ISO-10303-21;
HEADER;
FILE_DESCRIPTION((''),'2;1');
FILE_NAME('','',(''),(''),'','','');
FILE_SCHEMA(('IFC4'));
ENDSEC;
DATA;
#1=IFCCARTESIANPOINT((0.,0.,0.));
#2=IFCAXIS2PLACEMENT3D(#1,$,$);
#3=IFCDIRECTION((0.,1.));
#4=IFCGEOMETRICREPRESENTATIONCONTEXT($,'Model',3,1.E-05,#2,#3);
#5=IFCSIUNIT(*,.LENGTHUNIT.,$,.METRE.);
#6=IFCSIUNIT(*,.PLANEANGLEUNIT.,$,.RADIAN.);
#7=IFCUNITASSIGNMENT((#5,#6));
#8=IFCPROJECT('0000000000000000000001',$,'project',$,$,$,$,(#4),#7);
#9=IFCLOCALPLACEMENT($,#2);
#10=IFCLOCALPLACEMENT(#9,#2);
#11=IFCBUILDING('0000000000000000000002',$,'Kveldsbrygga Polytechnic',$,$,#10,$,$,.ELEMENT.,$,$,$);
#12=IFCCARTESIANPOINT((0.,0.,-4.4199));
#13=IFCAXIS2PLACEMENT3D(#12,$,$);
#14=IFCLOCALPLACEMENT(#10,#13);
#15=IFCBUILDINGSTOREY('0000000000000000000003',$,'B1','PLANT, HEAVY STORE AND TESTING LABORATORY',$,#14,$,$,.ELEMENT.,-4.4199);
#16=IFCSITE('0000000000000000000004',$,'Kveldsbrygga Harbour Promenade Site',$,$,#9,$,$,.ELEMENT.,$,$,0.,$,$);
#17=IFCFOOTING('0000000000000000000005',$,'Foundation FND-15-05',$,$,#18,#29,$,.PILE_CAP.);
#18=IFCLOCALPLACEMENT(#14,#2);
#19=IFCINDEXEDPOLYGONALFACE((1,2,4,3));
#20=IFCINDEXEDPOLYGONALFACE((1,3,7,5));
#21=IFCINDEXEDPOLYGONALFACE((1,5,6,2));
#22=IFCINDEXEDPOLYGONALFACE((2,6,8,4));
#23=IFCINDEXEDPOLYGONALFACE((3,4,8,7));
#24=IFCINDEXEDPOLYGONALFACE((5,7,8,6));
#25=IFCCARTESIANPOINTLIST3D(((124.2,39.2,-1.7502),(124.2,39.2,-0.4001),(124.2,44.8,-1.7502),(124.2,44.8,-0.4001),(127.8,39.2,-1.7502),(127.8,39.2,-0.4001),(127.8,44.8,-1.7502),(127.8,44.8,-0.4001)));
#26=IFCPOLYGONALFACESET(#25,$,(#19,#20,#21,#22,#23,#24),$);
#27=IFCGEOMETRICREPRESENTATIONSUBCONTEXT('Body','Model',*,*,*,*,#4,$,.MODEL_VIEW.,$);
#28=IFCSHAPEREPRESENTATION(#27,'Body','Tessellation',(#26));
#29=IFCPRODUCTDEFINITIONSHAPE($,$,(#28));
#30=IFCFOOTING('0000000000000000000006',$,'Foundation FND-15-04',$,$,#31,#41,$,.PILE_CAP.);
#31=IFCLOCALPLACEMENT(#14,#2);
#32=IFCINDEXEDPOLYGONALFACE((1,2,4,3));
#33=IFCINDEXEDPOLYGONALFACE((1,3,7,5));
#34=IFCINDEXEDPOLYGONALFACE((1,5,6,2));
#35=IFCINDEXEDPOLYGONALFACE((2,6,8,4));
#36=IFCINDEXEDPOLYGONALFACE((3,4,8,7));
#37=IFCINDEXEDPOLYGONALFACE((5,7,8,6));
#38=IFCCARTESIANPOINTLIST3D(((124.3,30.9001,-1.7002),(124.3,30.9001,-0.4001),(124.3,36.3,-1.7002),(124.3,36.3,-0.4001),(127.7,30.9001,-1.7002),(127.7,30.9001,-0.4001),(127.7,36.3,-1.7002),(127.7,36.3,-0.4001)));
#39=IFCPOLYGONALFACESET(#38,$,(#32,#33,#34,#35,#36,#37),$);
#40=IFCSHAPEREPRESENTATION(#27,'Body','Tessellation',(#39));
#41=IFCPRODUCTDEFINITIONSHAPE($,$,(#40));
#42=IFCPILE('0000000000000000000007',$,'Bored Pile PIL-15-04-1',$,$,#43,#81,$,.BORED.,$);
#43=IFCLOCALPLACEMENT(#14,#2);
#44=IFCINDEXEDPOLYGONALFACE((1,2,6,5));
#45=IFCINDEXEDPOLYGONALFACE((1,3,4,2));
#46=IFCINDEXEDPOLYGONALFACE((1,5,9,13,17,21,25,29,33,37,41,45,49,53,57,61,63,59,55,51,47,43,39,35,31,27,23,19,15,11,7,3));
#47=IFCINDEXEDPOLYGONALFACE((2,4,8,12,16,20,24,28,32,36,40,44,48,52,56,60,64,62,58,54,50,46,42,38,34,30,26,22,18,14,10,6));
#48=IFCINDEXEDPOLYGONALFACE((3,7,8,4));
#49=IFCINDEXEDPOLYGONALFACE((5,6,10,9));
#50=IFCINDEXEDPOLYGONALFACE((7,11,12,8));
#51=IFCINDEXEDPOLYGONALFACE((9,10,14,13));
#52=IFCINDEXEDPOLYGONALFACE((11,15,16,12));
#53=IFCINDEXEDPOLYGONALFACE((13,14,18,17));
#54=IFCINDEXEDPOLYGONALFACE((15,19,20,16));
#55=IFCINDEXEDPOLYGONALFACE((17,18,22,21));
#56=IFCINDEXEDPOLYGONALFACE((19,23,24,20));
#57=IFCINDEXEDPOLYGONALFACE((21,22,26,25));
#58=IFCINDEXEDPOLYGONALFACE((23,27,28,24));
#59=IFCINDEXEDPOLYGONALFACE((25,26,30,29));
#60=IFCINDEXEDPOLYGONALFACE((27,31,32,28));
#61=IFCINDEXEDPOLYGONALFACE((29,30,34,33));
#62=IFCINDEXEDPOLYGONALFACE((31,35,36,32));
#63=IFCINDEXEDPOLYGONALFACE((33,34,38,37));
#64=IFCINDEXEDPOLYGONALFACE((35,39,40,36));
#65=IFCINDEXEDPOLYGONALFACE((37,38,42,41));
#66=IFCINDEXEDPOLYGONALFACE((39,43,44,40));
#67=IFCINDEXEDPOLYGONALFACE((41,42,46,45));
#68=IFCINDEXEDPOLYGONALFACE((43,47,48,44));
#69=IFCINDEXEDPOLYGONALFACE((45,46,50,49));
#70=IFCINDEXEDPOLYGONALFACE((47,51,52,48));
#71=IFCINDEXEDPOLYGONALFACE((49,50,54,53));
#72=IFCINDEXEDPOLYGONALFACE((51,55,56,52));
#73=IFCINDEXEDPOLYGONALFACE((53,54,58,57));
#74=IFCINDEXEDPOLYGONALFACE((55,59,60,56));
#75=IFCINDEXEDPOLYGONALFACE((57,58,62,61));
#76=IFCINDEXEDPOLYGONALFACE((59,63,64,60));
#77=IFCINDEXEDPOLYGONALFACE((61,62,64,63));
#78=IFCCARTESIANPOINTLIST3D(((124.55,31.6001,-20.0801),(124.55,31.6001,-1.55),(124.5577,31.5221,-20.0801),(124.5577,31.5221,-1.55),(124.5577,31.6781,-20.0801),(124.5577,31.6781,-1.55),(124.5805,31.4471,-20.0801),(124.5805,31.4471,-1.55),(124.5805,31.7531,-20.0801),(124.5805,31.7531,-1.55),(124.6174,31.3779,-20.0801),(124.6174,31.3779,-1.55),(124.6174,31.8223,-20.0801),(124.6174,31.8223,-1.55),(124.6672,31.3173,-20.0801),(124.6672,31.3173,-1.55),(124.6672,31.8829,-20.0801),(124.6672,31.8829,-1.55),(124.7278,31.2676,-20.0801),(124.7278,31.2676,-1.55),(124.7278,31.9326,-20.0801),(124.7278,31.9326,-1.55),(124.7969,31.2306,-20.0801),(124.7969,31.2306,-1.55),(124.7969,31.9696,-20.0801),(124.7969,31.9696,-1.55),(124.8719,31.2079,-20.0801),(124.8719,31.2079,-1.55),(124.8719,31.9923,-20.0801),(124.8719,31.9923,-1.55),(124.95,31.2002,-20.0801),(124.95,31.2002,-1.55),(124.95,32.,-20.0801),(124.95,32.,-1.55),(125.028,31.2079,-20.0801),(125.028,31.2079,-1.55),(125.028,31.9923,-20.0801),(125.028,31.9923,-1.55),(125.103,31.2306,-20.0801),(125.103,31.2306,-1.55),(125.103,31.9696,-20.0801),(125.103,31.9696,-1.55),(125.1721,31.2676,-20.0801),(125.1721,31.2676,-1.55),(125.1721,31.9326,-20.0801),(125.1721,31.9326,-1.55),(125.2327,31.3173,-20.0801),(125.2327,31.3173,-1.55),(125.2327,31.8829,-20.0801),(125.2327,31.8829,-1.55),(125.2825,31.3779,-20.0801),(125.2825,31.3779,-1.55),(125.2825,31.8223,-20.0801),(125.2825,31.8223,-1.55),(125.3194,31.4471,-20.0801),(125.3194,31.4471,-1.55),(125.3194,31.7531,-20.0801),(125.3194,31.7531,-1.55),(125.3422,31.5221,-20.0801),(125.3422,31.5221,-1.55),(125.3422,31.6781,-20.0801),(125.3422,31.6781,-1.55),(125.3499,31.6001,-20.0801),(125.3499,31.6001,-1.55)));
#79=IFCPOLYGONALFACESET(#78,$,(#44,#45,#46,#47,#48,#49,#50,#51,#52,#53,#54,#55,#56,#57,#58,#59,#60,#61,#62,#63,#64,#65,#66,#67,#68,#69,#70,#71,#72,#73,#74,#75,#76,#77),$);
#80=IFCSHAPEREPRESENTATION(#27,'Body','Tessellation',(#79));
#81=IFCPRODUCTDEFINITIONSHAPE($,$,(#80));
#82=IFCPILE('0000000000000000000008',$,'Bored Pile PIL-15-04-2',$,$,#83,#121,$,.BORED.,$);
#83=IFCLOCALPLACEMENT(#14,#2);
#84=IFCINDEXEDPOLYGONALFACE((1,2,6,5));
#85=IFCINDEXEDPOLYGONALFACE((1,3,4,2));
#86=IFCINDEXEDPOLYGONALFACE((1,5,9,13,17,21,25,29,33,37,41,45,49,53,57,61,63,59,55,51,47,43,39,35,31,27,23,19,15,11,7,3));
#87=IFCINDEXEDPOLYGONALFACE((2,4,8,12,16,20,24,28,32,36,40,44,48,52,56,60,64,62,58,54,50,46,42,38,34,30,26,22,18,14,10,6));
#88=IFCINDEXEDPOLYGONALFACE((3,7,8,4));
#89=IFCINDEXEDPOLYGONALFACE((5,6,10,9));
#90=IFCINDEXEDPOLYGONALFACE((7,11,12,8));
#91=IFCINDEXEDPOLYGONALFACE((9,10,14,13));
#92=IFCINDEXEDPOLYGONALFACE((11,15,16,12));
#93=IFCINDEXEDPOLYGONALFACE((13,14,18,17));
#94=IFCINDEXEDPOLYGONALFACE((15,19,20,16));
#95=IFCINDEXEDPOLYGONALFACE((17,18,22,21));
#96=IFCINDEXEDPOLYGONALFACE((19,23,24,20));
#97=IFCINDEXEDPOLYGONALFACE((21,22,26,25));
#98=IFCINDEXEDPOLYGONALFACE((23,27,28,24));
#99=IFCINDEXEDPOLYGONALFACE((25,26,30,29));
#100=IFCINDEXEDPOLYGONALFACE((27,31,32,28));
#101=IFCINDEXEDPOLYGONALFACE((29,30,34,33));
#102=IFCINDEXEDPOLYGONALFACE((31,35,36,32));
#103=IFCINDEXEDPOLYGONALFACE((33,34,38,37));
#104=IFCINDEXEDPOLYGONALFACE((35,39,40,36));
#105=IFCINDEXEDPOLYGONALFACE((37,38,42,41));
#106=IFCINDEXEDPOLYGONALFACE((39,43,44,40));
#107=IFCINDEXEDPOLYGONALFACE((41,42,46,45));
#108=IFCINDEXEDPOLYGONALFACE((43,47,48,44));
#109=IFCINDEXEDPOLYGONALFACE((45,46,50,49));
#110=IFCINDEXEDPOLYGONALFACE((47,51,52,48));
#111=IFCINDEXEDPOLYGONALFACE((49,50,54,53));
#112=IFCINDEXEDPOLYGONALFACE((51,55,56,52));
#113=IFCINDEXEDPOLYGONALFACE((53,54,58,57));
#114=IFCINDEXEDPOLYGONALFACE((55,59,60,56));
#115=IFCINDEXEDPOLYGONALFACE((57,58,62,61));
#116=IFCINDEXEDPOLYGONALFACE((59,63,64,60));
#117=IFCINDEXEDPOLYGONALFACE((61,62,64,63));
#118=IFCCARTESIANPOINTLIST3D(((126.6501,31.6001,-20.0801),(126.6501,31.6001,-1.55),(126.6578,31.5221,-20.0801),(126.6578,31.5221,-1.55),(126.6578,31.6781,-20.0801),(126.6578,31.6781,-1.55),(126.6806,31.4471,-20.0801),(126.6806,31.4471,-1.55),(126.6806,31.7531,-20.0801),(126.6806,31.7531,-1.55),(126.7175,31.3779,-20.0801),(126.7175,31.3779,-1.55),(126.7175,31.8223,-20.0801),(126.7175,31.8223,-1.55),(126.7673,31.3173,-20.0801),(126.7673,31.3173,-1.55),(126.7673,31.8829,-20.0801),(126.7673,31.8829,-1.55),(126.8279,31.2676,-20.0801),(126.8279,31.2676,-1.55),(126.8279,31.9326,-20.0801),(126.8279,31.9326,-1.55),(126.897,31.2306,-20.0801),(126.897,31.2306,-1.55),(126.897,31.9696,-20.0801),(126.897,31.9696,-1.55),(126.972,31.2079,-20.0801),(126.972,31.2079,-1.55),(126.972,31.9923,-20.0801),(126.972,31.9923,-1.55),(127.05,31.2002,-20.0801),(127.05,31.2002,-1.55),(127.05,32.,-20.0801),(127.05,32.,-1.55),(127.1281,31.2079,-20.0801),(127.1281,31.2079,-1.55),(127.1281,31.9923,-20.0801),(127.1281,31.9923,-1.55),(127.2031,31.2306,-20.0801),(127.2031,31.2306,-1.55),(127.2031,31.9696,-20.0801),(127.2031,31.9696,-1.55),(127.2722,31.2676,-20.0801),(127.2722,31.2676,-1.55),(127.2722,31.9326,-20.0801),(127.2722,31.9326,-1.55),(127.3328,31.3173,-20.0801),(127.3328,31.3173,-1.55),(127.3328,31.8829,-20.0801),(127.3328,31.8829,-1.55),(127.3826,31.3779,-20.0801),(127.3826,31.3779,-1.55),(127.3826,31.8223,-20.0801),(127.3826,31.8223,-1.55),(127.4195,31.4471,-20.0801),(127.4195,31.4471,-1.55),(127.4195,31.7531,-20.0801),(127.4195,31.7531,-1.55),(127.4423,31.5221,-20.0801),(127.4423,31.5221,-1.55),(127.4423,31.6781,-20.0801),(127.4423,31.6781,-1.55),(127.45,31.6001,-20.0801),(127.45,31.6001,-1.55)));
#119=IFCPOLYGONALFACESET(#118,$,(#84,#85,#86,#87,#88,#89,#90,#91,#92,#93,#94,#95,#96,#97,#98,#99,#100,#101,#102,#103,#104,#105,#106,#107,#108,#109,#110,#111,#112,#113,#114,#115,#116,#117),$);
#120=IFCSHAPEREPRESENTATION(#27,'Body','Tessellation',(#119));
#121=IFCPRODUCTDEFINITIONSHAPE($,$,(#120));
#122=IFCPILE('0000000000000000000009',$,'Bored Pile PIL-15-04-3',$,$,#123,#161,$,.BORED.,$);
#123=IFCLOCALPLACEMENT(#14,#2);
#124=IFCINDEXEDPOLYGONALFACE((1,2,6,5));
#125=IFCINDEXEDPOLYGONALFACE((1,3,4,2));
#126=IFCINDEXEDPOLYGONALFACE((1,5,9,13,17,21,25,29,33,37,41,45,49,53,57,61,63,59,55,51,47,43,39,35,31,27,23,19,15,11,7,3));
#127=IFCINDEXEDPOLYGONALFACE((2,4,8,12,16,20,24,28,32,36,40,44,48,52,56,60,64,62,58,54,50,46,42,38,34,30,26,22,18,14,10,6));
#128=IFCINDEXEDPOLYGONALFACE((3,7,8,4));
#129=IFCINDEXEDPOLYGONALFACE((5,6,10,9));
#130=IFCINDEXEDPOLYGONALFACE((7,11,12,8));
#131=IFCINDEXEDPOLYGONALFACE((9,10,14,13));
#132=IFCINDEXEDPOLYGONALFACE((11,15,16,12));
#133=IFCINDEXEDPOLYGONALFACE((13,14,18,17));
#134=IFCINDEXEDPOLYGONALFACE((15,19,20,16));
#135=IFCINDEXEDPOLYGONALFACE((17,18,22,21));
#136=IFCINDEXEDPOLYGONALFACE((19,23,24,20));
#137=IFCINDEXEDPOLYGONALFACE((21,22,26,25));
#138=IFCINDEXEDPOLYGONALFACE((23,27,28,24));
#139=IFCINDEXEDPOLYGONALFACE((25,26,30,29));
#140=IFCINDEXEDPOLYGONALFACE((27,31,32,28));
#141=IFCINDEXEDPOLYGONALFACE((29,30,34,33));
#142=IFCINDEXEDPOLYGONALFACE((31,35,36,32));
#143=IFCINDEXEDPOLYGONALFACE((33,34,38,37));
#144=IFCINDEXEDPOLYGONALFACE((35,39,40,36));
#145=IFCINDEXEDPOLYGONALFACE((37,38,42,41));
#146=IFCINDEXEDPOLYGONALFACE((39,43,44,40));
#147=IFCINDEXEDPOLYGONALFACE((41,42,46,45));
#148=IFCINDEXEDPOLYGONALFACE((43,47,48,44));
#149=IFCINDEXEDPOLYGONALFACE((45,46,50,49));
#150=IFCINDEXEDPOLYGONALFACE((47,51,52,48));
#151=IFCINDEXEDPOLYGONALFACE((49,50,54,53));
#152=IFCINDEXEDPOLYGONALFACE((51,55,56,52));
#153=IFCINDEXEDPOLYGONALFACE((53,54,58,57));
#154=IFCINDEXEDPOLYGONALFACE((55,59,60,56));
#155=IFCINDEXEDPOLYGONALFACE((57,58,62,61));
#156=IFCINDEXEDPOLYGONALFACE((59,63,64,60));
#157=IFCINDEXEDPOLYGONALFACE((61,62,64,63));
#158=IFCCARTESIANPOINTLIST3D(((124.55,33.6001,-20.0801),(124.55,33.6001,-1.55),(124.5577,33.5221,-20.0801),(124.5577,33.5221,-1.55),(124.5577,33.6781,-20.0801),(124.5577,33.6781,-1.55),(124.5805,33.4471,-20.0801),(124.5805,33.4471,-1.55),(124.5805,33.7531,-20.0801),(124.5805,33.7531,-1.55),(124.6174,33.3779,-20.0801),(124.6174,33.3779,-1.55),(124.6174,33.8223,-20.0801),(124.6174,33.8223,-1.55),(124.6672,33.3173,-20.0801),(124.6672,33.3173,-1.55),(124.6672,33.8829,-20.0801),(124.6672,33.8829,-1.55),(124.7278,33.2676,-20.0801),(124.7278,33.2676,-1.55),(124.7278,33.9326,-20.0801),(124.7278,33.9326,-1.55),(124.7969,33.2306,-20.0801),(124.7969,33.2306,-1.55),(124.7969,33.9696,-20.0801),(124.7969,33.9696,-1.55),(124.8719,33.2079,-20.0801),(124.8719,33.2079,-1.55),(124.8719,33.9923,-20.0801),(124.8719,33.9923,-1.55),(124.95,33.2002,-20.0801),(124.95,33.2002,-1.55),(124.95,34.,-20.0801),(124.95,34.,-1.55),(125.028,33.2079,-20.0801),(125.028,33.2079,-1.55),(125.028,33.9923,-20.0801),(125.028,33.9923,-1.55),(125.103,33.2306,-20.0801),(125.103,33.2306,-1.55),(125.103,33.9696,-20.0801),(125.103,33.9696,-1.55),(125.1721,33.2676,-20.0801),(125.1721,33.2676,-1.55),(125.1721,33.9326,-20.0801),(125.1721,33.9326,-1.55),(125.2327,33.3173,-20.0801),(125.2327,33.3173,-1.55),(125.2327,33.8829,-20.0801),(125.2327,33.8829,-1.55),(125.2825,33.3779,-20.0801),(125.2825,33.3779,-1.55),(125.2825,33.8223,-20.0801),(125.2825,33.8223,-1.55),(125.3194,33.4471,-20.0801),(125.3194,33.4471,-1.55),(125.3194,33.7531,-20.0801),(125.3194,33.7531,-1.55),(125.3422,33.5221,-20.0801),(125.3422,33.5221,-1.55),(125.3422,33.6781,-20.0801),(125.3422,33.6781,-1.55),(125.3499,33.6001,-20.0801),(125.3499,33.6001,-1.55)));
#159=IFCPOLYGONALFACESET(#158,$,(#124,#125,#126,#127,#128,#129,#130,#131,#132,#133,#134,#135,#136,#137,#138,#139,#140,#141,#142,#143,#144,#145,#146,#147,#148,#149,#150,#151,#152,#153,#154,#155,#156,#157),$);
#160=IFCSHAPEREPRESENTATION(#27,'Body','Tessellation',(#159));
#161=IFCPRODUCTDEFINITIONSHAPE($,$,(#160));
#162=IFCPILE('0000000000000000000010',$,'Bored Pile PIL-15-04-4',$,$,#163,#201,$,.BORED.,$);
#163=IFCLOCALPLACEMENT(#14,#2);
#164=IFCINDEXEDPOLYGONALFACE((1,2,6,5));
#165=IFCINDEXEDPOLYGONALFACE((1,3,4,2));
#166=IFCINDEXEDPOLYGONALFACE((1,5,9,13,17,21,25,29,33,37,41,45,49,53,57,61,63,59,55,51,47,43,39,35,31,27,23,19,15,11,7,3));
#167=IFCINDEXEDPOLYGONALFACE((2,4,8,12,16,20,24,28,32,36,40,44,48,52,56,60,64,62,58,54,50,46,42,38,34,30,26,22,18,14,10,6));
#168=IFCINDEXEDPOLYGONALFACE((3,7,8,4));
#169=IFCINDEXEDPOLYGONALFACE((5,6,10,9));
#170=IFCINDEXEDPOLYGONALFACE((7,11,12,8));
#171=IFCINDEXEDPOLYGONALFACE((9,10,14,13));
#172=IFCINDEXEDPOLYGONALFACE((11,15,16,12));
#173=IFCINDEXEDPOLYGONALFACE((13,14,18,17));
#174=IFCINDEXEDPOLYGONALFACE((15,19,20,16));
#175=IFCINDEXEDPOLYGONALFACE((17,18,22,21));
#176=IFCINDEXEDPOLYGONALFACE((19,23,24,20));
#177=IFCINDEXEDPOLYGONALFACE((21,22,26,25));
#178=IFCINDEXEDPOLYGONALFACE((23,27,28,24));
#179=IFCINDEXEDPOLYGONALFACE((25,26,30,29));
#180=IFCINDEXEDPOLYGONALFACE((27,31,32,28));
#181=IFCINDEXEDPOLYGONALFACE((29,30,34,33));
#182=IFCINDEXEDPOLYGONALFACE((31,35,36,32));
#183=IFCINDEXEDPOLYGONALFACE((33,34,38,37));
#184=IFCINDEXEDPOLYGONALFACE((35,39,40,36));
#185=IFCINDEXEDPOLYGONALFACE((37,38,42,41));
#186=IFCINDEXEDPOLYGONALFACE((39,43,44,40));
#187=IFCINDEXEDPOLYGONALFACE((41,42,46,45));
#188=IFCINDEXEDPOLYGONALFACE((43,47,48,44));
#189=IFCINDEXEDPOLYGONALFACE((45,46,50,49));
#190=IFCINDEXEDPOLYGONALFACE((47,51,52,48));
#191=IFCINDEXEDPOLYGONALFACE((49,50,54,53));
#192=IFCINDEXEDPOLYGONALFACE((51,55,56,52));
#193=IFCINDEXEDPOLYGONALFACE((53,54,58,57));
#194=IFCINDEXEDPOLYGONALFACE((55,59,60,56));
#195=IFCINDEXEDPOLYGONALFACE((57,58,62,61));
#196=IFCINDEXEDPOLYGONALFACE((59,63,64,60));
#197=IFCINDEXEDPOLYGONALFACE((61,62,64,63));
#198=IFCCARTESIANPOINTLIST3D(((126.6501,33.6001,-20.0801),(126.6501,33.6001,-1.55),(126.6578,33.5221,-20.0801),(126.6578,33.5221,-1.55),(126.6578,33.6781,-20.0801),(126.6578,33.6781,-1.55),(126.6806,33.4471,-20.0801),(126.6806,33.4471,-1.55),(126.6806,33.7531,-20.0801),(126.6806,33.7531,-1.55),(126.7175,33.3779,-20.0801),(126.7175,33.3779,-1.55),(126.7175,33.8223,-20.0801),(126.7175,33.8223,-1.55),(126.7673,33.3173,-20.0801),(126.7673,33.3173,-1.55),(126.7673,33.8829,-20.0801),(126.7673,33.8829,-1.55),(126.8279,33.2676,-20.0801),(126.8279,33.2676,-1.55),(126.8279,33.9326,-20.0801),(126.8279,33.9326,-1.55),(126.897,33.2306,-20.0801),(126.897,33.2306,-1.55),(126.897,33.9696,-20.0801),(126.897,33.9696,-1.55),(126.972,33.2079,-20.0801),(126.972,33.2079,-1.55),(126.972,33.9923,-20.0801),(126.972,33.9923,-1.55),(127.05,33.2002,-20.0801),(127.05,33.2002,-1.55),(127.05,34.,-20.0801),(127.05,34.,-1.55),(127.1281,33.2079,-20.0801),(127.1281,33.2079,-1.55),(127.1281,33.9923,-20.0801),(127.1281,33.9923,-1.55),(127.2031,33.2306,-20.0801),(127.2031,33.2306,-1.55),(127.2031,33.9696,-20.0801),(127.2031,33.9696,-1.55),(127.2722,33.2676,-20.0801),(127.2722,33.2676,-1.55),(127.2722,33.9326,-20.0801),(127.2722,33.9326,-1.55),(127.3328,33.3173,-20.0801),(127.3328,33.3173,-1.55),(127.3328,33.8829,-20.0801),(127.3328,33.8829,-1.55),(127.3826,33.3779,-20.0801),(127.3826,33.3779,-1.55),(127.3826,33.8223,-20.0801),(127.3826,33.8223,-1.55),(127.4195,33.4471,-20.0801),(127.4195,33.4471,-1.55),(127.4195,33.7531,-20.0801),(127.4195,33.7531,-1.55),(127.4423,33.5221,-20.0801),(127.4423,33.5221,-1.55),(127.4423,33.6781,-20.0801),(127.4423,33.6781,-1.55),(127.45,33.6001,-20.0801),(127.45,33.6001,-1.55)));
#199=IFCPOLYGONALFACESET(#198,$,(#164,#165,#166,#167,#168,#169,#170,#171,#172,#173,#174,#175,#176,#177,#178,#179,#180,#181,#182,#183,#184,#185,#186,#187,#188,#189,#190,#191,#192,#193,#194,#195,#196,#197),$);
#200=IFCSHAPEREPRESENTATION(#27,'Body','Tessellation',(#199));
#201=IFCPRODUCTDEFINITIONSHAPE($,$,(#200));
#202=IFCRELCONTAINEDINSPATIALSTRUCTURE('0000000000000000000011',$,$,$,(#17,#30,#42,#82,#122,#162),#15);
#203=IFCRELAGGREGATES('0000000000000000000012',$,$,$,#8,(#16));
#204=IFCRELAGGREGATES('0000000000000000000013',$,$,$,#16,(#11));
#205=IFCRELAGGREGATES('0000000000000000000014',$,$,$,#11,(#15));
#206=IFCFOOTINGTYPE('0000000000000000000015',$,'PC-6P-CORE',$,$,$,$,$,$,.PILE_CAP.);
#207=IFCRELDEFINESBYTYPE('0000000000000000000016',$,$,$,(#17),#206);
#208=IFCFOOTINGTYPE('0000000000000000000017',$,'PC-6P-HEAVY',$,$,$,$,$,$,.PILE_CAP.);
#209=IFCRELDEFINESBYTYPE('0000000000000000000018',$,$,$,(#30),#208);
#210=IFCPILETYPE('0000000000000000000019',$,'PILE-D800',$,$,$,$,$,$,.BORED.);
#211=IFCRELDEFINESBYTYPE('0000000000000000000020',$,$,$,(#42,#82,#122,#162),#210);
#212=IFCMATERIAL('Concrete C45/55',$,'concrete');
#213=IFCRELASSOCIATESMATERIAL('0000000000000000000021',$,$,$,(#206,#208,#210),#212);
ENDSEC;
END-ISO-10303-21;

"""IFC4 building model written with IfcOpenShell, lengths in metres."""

from ifc_helpers import new_model, si_unit, direction, frame, origin, origin_2d, place, context, subcontext, project, spatial, rectangle, circle, extrude, material, material_profile, profile_set, type_object, element, save


model = new_model("IFC4")

# Units and contexts
model_context = context("Model", 3, precision=1e-05, world=origin(), true_north=direction((0.0, 1.0)))
body_context = subcontext(model_context, "Body", "Model", "MODEL_VIEW")
ifc_project = project(units=[si_unit("LENGTHUNIT", "METRE"), si_unit("PLANEANGLEUNIT", "RADIAN")], contexts=[model_context])

# Site, building, storey
site_placement = place(None, origin())
site = spatial("IfcSite", under=ifc_project, at=site_placement, Name="Kveldsbrygga Harbour Promenade Site", CompositionType="ELEMENT", RefElevation=0.0)
building_placement = place(site_placement, origin())
building = spatial("IfcBuilding", under=site, at=building_placement, Name="Kveldsbrygga Polytechnic", CompositionType="ELEMENT")
storey_placement = place(building_placement, frame((0.0, 0.0, -4.4199)))
storey = spatial("IfcBuildingStorey", under=building, at=storey_placement, Name="B1", Description="PLANT, HEAVY STORE AND TESTING LABORATORY", CompositionType="ELEMENT", Elevation=-4.4199)

# Footings
ifc_material_1 = material(Name="Concrete C45/55", Category="concrete")
footing_type_1 = type_object("IfcFootingType", Name="PC-6P-CORE", PredefinedType="PILE_CAP", material=ifc_material_1)
footing_1_placement = place(storey_placement, frame((126.0, 42.0, -1.7502), z_axis=(0.0, 0.0, 1.0), x_axis=(1.0, 0.0, 0.0)))
element("IfcFooting", 1, at=footing_1_placement, inside=storey, type_object=footing_type_1, Name="Foundation FND-15-05", PredefinedType="PILE_CAP", context=body_context, shape_type="SweptSolid", body=[
    extrude(rectangle(XDim=3.6001, YDim=5.6001, at=origin_2d()), origin(), (0.0, 0.0, 1.0), 1.3501),
])
footing_type_2 = type_object("IfcFootingType", Name="PC-6P-HEAVY", PredefinedType="PILE_CAP", material=ifc_material_1)
footing_2_placement = place(storey_placement, frame((126.0, 33.6001, -1.7002), z_axis=(0.0, 0.0, 1.0), x_axis=(1.0, 0.0, 0.0)))
element("IfcFooting", 2, at=footing_2_placement, inside=storey, type_object=footing_type_2, Name="Foundation FND-15-04", PredefinedType="PILE_CAP", context=body_context, shape_type="SweptSolid", body=[
    extrude(rectangle(XDim=3.3999, YDim=5.3999, at=origin_2d()), origin(), (0.0, 0.0, 1.0), 1.3),
])

# Piles
ifc_material_profile_1 = material_profile(ifc_material_1, circle(Radius=0.3999, at=origin_2d()), Name="PILE D800")
ifc_profile_set_1 = profile_set([ifc_material_profile_1], Name="Concrete C45/55")
pile_type = type_object("IfcPileType", Name="PILE-D800", PredefinedType="BORED", material=ifc_profile_set_1)
for number, where, z_axis, x_axis, name in (
    (3, (124.95, 31.6001, -1.55), (0.0, 0.0, -1.0), (1.0, 0.0, 0.0), "Bored Pile PIL-15-04-1"),
    (4, (127.05, 31.6001, -1.55), (0.0, 0.0, -1.0), (1.0, 0.0, 0.0), "Bored Pile PIL-15-04-2"),
    (5, (124.95, 33.6001, -1.55), (0.0, 0.0, -1.0), (1.0, 0.0, 0.0), "Bored Pile PIL-15-04-3"),
    (6, (127.05, 33.6001, -1.55), (0.0, 0.0, -1.0), (1.0, 0.0, 0.0), "Bored Pile PIL-15-04-4"),
):
    element("IfcPile", number, at=place(storey_placement, frame(where, z_axis=z_axis, x_axis=x_axis)), inside=storey, type_object=pile_type, Name=name, PredefinedType="BORED", context=body_context, shape_type="SweptSolid", body=[
        extrude(circle(Radius=0.3999, at=origin_2d()), origin(), (0.0, 0.0, 1.0), 18.53),
    ])

save(model, "model.ifc")
